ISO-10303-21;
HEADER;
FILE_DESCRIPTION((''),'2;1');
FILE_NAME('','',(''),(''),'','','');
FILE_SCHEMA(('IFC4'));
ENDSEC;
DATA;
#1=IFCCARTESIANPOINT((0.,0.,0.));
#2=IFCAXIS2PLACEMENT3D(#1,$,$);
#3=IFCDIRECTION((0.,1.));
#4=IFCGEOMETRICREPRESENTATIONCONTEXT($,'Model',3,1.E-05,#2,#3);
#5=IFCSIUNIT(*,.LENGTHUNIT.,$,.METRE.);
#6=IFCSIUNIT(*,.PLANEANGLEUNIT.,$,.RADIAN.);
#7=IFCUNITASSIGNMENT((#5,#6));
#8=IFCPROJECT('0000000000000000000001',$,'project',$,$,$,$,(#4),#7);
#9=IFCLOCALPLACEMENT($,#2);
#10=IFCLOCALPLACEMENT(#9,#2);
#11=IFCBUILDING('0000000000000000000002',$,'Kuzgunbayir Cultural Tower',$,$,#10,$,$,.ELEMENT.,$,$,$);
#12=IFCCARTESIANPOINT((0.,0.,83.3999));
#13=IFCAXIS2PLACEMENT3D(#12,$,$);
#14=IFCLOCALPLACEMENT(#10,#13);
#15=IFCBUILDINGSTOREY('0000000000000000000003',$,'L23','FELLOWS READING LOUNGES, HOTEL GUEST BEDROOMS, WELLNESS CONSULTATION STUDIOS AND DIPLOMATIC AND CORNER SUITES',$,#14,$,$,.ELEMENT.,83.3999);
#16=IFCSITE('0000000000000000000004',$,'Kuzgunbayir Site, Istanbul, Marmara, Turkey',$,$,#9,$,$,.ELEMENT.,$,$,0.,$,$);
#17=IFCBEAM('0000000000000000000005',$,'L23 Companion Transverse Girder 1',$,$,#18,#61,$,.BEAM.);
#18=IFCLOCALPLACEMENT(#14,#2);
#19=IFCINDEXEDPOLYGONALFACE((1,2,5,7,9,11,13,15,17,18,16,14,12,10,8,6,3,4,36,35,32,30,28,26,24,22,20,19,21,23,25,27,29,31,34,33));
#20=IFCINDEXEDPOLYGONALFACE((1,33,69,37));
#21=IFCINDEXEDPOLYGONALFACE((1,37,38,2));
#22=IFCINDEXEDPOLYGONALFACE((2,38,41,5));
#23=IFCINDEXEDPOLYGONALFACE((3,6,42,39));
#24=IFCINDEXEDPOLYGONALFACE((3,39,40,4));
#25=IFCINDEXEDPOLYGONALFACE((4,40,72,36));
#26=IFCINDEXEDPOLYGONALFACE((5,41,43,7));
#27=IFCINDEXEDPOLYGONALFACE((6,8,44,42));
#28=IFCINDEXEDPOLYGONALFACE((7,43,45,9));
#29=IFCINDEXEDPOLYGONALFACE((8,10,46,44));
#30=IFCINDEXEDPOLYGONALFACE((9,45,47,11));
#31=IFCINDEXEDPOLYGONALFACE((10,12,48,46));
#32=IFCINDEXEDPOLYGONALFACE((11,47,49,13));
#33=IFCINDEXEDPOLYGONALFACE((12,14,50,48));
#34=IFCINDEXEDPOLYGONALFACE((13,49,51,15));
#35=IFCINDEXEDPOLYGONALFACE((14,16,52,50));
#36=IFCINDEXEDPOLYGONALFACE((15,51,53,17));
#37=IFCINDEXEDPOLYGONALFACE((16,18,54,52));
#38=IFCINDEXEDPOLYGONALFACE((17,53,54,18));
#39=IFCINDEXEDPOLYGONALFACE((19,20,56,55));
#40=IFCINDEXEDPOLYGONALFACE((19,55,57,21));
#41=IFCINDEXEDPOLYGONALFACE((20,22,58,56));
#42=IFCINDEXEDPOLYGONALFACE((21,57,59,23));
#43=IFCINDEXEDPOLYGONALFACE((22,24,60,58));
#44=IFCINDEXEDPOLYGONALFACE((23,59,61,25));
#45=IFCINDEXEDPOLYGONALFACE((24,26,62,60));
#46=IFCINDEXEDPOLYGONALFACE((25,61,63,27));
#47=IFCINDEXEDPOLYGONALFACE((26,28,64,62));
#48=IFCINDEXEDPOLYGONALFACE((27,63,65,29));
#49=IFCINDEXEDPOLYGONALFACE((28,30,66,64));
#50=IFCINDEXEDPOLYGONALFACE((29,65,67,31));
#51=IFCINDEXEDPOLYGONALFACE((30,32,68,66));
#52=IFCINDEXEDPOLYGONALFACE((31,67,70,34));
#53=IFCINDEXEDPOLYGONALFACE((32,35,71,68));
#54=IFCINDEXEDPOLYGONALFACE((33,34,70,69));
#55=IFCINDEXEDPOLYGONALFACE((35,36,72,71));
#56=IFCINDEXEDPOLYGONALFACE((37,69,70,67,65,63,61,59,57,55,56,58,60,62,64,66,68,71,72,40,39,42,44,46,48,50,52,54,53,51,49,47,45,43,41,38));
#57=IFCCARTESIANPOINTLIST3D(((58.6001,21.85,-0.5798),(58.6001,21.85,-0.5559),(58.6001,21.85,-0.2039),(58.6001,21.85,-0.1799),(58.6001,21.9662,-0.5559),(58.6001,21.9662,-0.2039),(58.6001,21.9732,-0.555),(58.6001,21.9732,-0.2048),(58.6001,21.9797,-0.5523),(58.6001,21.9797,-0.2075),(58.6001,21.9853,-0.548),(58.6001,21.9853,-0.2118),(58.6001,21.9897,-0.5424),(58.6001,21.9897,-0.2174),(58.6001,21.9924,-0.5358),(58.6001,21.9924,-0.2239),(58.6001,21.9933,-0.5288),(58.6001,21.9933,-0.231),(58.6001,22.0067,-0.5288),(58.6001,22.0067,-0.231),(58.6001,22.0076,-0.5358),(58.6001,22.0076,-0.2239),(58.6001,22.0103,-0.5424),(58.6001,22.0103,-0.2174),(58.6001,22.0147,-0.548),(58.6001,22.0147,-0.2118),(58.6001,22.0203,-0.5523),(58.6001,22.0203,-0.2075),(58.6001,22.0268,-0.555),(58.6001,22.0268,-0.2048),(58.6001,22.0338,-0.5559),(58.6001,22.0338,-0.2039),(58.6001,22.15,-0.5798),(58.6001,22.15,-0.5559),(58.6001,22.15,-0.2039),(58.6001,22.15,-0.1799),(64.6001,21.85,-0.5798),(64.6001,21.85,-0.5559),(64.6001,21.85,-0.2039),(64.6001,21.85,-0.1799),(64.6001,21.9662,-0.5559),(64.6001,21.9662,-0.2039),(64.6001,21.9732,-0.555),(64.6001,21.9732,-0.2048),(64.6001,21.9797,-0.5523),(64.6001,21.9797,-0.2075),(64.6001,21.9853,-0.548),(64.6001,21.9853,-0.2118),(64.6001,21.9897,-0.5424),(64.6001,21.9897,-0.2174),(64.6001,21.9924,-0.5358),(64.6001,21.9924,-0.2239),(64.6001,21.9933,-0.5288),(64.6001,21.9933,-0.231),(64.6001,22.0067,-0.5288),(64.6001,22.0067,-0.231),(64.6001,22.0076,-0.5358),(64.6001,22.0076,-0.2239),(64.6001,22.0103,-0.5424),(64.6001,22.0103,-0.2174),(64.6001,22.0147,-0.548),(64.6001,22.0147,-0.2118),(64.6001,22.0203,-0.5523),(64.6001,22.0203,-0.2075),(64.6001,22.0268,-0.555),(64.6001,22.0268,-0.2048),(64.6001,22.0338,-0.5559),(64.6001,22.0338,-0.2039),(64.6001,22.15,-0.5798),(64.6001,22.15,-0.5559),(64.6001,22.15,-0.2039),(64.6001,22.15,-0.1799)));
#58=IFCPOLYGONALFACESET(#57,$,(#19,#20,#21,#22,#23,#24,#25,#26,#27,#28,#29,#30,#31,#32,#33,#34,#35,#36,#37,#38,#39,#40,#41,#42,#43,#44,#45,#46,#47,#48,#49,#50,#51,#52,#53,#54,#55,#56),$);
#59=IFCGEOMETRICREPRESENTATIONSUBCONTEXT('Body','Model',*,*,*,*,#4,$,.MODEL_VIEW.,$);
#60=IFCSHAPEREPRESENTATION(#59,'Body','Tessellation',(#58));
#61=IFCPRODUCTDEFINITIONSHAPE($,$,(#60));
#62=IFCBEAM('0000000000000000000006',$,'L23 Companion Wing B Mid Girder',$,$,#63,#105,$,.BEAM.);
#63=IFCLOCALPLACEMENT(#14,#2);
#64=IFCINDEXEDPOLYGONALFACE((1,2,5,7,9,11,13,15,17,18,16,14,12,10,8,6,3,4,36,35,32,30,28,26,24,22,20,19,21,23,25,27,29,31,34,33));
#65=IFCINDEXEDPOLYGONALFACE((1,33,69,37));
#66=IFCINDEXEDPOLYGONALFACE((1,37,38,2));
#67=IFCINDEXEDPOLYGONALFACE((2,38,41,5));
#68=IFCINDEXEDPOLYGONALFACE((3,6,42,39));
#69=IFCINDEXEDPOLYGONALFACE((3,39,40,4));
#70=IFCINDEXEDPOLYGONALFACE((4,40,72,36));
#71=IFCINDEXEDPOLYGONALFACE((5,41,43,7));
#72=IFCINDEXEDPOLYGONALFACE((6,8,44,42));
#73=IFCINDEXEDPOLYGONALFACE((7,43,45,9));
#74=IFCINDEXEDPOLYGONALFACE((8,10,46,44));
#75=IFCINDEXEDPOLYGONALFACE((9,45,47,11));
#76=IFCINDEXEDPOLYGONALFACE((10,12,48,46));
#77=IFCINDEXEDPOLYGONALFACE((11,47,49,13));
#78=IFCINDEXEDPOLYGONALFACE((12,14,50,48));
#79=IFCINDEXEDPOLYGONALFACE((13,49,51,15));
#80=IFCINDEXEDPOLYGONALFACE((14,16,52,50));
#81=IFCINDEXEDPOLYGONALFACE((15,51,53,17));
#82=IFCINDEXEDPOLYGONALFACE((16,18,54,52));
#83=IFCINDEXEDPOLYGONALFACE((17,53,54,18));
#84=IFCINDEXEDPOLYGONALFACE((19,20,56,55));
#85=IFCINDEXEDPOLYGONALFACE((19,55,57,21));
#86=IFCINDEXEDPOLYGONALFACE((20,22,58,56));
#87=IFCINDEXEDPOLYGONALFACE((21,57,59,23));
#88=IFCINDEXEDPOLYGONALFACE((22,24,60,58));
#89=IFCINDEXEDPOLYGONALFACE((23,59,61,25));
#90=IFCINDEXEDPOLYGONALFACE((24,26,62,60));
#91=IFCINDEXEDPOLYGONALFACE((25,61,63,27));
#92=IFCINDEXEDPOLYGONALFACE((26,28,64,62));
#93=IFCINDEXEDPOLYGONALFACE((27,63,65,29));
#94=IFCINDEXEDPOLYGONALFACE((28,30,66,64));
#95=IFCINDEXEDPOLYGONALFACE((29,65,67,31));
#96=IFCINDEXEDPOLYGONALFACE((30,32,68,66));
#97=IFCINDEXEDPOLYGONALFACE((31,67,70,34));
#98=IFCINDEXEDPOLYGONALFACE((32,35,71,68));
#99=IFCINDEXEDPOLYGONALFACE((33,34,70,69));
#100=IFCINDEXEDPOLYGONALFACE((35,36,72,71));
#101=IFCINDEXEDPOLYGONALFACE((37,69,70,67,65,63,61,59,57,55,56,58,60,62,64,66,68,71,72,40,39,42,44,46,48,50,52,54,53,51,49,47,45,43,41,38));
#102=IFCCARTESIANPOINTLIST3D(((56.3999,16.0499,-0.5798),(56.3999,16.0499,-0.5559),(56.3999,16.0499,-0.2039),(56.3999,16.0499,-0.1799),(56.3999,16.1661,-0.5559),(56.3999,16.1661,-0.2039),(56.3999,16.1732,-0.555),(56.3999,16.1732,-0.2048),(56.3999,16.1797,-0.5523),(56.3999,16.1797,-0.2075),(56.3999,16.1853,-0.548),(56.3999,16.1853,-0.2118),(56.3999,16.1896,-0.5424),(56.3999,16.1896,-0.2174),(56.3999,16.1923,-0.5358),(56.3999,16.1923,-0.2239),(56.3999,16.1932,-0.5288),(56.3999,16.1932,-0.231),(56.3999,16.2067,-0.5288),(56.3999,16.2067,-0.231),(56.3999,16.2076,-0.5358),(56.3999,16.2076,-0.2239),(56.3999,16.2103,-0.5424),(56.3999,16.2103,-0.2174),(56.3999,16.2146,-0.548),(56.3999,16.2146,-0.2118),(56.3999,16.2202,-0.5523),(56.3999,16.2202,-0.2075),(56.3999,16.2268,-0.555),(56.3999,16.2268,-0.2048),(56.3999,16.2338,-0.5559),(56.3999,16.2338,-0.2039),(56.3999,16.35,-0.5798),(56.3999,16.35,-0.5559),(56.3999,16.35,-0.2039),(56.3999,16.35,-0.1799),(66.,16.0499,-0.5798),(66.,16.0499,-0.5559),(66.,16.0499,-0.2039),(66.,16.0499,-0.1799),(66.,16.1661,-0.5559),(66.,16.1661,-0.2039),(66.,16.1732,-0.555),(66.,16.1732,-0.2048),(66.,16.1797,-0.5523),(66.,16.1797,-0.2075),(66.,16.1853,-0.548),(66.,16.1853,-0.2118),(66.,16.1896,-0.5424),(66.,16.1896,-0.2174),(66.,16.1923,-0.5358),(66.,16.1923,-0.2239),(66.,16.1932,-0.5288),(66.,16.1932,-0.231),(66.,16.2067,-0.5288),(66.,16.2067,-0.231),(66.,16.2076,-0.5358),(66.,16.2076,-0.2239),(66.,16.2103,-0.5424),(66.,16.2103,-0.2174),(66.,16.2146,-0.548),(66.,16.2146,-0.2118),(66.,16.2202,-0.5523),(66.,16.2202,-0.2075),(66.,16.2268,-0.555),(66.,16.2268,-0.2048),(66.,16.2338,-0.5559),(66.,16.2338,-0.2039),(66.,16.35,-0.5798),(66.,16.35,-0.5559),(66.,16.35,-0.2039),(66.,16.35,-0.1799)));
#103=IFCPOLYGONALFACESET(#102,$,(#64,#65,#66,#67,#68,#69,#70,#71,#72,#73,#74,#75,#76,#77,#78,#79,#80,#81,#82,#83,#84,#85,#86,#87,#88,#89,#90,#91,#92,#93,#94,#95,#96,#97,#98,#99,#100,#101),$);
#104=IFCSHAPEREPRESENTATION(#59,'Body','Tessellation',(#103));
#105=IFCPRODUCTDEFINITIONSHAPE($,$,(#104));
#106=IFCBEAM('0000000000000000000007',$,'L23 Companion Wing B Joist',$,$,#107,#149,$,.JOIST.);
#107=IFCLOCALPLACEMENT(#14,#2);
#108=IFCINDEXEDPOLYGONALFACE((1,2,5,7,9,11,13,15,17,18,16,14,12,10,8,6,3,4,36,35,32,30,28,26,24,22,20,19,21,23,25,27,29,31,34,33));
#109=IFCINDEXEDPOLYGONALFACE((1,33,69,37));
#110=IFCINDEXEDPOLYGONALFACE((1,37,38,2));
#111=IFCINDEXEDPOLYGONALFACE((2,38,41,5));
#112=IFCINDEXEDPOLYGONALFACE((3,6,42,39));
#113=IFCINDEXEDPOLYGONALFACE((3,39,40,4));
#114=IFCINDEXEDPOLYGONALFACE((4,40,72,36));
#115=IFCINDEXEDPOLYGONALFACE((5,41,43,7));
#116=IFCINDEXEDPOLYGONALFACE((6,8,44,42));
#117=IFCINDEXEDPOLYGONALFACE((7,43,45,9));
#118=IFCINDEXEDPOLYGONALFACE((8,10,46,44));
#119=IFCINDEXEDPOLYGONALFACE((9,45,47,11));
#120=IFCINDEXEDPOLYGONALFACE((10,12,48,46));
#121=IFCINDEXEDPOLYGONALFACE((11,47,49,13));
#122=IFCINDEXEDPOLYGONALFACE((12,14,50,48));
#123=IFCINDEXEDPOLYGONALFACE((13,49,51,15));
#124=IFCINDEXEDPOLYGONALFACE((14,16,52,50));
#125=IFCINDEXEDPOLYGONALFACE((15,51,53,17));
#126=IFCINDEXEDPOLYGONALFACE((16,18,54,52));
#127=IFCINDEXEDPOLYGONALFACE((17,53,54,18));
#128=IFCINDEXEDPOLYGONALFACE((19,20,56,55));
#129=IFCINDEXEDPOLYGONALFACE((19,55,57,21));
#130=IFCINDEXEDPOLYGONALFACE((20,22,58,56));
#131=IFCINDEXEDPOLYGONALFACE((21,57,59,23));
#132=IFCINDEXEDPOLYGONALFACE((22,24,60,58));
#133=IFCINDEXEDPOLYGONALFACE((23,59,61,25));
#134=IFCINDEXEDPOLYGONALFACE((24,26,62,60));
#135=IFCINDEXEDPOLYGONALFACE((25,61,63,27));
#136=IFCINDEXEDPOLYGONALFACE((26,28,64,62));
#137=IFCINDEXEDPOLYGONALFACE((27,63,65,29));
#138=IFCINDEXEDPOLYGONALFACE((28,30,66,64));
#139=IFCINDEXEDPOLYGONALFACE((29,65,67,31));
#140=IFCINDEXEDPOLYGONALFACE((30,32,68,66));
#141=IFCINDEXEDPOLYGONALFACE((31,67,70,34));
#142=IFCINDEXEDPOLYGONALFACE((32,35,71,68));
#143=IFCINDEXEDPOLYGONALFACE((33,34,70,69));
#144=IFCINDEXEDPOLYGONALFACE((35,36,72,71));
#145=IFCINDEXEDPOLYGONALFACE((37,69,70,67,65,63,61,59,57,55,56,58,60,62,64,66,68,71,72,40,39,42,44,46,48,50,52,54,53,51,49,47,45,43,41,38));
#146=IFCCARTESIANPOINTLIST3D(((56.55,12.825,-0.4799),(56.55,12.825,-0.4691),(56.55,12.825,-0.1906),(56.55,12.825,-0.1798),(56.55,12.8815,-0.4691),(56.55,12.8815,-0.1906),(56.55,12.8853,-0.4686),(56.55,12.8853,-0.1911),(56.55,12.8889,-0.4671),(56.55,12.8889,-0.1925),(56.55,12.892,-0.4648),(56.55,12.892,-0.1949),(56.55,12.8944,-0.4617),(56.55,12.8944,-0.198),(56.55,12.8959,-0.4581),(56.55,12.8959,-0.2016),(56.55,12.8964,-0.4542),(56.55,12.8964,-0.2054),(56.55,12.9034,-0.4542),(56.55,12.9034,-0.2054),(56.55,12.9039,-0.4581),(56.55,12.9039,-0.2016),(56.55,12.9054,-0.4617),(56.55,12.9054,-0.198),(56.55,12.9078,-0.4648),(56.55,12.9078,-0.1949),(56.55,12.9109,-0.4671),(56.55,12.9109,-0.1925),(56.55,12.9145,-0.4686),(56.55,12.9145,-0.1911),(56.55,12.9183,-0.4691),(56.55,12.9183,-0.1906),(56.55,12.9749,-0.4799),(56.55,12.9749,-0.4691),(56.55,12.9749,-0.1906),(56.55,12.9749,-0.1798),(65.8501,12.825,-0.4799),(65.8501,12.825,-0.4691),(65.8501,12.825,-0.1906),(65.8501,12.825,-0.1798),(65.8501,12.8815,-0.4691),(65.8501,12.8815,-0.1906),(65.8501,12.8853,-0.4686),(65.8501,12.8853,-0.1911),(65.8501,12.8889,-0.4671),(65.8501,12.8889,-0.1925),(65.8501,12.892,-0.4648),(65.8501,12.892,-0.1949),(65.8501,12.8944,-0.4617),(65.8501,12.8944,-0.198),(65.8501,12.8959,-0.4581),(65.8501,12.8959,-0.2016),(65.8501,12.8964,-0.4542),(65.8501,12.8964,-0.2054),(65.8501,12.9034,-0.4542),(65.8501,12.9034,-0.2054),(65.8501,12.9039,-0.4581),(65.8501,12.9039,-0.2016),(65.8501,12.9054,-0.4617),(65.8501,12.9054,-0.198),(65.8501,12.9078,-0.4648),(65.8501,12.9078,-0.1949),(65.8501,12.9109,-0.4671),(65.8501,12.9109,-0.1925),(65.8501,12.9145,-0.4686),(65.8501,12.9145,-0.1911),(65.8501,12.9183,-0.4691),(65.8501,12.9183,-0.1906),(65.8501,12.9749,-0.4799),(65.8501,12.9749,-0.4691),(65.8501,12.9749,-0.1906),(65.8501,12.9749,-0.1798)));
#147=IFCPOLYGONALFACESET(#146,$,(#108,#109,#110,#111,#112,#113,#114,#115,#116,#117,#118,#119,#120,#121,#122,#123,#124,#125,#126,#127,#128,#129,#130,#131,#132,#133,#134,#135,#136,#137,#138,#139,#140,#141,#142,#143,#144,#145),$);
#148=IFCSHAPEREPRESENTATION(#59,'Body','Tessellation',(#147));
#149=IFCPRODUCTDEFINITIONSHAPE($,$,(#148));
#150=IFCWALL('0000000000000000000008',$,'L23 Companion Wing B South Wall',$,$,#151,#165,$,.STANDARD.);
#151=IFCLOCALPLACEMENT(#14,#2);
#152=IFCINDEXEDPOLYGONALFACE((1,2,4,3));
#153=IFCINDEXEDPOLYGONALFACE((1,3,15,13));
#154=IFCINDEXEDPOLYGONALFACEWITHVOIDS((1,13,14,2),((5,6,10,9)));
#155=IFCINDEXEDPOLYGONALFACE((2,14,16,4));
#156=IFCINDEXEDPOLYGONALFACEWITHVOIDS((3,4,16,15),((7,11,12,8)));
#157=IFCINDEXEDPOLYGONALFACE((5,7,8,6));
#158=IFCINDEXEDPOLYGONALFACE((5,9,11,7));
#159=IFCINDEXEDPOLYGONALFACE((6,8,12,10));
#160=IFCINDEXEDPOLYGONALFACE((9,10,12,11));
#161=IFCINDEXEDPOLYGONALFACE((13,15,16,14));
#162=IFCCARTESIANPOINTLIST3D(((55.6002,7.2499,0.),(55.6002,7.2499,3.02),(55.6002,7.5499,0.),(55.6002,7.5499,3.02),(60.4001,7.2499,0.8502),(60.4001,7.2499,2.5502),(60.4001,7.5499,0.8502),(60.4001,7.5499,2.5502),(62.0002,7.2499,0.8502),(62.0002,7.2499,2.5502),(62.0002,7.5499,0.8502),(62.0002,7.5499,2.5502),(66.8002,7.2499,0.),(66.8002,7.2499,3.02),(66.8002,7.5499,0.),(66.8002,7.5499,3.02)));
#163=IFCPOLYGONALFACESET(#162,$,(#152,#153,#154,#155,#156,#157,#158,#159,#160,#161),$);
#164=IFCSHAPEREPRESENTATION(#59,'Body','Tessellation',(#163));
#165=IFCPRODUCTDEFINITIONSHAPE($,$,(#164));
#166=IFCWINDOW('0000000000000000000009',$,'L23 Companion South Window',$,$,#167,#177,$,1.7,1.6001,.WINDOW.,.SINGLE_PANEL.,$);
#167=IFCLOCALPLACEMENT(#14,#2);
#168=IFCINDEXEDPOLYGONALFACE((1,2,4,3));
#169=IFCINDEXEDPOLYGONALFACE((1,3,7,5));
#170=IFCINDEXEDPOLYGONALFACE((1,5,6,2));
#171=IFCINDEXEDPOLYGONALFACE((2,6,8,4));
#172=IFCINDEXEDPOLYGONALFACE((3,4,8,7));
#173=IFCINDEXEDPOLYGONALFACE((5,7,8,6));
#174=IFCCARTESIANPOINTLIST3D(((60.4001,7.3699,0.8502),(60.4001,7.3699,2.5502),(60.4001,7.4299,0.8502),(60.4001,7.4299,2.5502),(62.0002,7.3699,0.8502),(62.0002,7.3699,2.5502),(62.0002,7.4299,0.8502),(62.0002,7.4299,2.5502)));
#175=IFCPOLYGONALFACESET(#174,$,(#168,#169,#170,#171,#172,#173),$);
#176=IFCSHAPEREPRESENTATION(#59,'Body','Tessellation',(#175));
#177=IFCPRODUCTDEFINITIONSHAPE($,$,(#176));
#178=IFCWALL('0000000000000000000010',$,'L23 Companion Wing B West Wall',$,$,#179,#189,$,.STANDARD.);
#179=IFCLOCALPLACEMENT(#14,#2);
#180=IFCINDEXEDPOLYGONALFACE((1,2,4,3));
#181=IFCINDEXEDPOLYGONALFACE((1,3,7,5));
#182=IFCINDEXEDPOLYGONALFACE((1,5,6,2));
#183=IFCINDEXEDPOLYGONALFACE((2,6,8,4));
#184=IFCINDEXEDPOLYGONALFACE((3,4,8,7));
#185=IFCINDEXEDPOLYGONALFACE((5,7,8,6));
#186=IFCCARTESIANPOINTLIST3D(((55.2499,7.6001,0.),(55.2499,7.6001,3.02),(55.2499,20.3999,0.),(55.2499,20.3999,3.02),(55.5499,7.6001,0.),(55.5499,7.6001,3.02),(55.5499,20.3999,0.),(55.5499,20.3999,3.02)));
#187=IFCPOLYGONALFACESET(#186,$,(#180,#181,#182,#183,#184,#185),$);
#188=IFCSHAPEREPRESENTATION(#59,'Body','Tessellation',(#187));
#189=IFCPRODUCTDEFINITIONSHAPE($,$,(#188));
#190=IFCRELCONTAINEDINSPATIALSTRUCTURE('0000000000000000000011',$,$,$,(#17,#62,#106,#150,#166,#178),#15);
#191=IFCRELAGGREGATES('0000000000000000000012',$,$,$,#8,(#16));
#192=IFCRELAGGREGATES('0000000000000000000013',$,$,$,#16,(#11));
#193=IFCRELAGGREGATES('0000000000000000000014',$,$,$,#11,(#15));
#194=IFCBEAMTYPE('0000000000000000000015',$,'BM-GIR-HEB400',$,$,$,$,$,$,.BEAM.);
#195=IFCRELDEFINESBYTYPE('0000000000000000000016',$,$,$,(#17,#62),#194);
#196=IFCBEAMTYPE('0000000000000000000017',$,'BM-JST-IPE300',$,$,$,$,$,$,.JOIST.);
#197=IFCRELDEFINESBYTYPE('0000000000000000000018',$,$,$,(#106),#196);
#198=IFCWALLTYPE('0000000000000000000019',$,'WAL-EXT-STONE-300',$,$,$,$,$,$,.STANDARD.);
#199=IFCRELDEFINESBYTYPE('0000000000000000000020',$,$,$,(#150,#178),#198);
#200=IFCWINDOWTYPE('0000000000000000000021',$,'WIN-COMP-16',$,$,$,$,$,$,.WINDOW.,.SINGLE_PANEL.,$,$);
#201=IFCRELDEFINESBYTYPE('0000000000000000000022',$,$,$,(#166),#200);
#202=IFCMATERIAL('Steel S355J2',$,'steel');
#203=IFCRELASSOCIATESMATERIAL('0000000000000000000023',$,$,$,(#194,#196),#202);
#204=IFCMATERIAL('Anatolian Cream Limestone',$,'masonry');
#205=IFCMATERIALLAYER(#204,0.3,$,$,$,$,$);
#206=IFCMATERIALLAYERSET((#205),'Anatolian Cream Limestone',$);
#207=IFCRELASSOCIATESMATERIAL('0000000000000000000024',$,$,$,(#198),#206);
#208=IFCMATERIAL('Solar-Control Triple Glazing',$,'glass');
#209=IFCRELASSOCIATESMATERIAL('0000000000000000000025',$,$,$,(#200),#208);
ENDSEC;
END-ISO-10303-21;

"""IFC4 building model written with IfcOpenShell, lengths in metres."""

from ifc_helpers import new_model, si_unit, direction, frame, frame_2d, origin, origin_2d, place, context, subcontext, project, spatial, rectangle, i_section, extrude, material, layer, layer_set, material_profile, profile_set, type_object, element, fill, save


model = new_model("IFC4")

# Units and contexts
model_context = context("Model", 3, precision=1e-05, world=origin(), true_north=direction((0.0, 1.0)))
body_context = subcontext(model_context, "Body", "Model", "MODEL_VIEW")
ifc_project = project(units=[si_unit("LENGTHUNIT", "METRE"), si_unit("PLANEANGLEUNIT", "RADIAN")], contexts=[model_context])

# Site, building, storey
site_placement = place(None, origin())
site = spatial("IfcSite", under=ifc_project, at=site_placement, Name="Kuzgunbayir Site, Istanbul, Marmara, Turkey", CompositionType="ELEMENT", RefElevation=0.0)
building_placement = place(site_placement, origin())
building = spatial("IfcBuilding", under=site, at=building_placement, Name="Kuzgunbayir Cultural Tower", CompositionType="ELEMENT")
storey_placement = place(building_placement, frame((0.0, 0.0, 83.3999)))
storey = spatial("IfcBuildingStorey", under=building, at=storey_placement, Name="L23", Description="FELLOWS READING LOUNGES, HOTEL GUEST BEDROOMS, WELLNESS CONSULTATION STUDIOS AND DIPLOMATIC AND CORNER SUITES", CompositionType="ELEMENT", Elevation=83.3999)

# Beams
ifc_material_1 = material(Name="Steel S355J2", Category="steel")
ifc_material_profile_1 = material_profile(ifc_material_1, i_section(OverallWidth=0.3, OverallDepth=0.3999, WebThickness=0.0134, FlangeThickness=0.0239, FilletRadius=0.0271, at=origin_2d()), Name="HEB 400")
ifc_profile_set_1 = profile_set([ifc_material_profile_1], Name="Steel S355J2")
beam_type_1 = type_object("IfcBeamType", Name="BM-GIR-HEB400", PredefinedType="BEAM", material=ifc_profile_set_1)
beam_1_placement = place(storey_placement, frame((58.6001, 22.0, -0.3799), z_axis=(1.0, 0.0, 0.0), x_axis=(0.0, 1.0, 0.0)))
element("IfcBeam", 1, at=beam_1_placement, inside=storey, type_object=beam_type_1, Name="L23 Companion Transverse Girder 1", PredefinedType="BEAM", context=body_context, shape_type="SweptSolid", body=[
    extrude(i_section(OverallWidth=0.3, OverallDepth=0.3999, WebThickness=0.0134, FlangeThickness=0.0239, FilletRadius=0.0271, at=origin_2d()), origin(), (0.0, 0.0, 1.0), 6.0),
])
beam_2_placement = place(storey_placement, frame((56.3999, 16.2, -0.3799), z_axis=(1.0, 0.0, 0.0), x_axis=(0.0, 1.0, 0.0)))
element("IfcBeam", 2, at=beam_2_placement, inside=storey, type_object=beam_type_1, Name="L23 Companion Wing B Mid Girder", PredefinedType="BEAM", context=body_context, shape_type="SweptSolid", body=[
    extrude(i_section(OverallWidth=0.3, OverallDepth=0.3999, WebThickness=0.0134, FlangeThickness=0.0239, FilletRadius=0.0271, at=origin_2d()), origin(), (0.0, 0.0, 1.0), 9.6001),
])
ifc_material_profile_2 = material_profile(ifc_material_1, i_section(OverallWidth=0.1499, OverallDepth=0.3, WebThickness=0.0071, FlangeThickness=0.0107, FilletRadius=0.0149, at=origin_2d()), Name="IPE 300")
ifc_profile_set_2 = profile_set([ifc_material_profile_2], Name="Steel S355J2")
beam_type_2 = type_object("IfcBeamType", Name="BM-JST-IPE300", PredefinedType="JOIST", material=ifc_profile_set_2)
beam_3_placement = place(storey_placement, frame((56.55, 12.8999, -0.3298), z_axis=(1.0, 0.0, 0.0), x_axis=(0.0, 1.0, 0.0)))
element("IfcBeam", 3, at=beam_3_placement, inside=storey, type_object=beam_type_2, Name="L23 Companion Wing B Joist", PredefinedType="JOIST", context=body_context, shape_type="SweptSolid", body=[
    extrude(i_section(OverallWidth=0.1499, OverallDepth=0.3, WebThickness=0.0071, FlangeThickness=0.0107, FilletRadius=0.0149, at=origin_2d()), origin(), (0.0, 0.0, 1.0), 9.3),
])

# Wall, opening, window
ifc_material_2 = material(Name="Anatolian Cream Limestone", Category="masonry")
ifc_layer_1 = layer(ifc_material_2, 0.3)
ifc_layer_set_1 = layer_set([ifc_layer_1], Name="Anatolian Cream Limestone")
wall_type_1 = type_object("IfcWallType", Name="WAL-EXT-STONE-300", PredefinedType="STANDARD", material=ifc_layer_set_1)
wall_1_placement = place(storey_placement, frame((55.6001, 7.3999, 0.0), z_axis=(0.0, 0.0, 1.0), x_axis=(1.0, 0.0, 0.0)))
wall_1 = element("IfcWall", 4, at=wall_1_placement, inside=storey, type_object=wall_type_1, Name="L23 Companion Wing B South Wall", PredefinedType="STANDARD", context=body_context, shape_type="SweptSolid", body=[
    extrude(rectangle(XDim=11.2, YDim=0.3, at=frame_2d((5.6001, 0.0))), origin(), (0.0, 0.0, 1.0), 3.02),
])
opening_1_placement = place(wall_1_placement, frame((4.8, 0.0, 0.8501)))
opening_1 = element("IfcOpeningElement", 5, at=opening_1_placement, cuts=wall_1, PredefinedType="OPENING", context=body_context, shape_type="SweptSolid", body=[
    extrude(rectangle(XDim=1.6001, YDim=1.7, at=frame_2d((0.8, 0.8501))), frame((0.0, 0.1602, 0.0), z_axis=(0.0, -1.0, 0.0), x_axis=(1.0, 0.0, 0.0)), (0.0, 0.0, 1.0), 0.3201),
])
ifc_material_3 = material(Name="Solar-Control Triple Glazing", Category="glass")
window_type_1 = type_object("IfcWindowType", Name="WIN-COMP-16", PartitioningType="SINGLE_PANEL", PredefinedType="WINDOW", material=ifc_material_3)
window_1_placement = place(opening_1_placement, origin())
window_1 = element("IfcWindow", 6, at=window_1_placement, inside=storey, type_object=window_type_1, Name="L23 Companion South Window", OverallHeight=1.7, OverallWidth=1.6001, PartitioningType="SINGLE_PANEL", PredefinedType="WINDOW", context=body_context, shape_type="SweptSolid", body=[
    extrude(rectangle(XDim=1.6001, YDim=1.7, at=frame_2d((0.8, 0.8501))), frame((0.0, 0.03, 0.0), z_axis=(0.0, -1.0, 0.0), x_axis=(1.0, 0.0, 0.0)), (0.0, 0.0, 1.0), 0.0601),
])
fill(opening_1, window_1)

# Wall
wall_2_placement = place(storey_placement, frame((55.3999, 20.3999, 0.0), z_axis=(0.0, 0.0, 1.0), x_axis=(0.0, -1.0, 0.0)))
element("IfcWall", 7, at=wall_2_placement, inside=storey, type_object=wall_type_1, Name="L23 Companion Wing B West Wall", PredefinedType="STANDARD", context=body_context, shape_type="SweptSolid", body=[
    extrude(rectangle(XDim=12.7998, YDim=0.3, at=frame_2d((6.3999, 0.0))), origin(), (0.0, 0.0, 1.0), 3.02),
])

save(model, "model.ifc")
